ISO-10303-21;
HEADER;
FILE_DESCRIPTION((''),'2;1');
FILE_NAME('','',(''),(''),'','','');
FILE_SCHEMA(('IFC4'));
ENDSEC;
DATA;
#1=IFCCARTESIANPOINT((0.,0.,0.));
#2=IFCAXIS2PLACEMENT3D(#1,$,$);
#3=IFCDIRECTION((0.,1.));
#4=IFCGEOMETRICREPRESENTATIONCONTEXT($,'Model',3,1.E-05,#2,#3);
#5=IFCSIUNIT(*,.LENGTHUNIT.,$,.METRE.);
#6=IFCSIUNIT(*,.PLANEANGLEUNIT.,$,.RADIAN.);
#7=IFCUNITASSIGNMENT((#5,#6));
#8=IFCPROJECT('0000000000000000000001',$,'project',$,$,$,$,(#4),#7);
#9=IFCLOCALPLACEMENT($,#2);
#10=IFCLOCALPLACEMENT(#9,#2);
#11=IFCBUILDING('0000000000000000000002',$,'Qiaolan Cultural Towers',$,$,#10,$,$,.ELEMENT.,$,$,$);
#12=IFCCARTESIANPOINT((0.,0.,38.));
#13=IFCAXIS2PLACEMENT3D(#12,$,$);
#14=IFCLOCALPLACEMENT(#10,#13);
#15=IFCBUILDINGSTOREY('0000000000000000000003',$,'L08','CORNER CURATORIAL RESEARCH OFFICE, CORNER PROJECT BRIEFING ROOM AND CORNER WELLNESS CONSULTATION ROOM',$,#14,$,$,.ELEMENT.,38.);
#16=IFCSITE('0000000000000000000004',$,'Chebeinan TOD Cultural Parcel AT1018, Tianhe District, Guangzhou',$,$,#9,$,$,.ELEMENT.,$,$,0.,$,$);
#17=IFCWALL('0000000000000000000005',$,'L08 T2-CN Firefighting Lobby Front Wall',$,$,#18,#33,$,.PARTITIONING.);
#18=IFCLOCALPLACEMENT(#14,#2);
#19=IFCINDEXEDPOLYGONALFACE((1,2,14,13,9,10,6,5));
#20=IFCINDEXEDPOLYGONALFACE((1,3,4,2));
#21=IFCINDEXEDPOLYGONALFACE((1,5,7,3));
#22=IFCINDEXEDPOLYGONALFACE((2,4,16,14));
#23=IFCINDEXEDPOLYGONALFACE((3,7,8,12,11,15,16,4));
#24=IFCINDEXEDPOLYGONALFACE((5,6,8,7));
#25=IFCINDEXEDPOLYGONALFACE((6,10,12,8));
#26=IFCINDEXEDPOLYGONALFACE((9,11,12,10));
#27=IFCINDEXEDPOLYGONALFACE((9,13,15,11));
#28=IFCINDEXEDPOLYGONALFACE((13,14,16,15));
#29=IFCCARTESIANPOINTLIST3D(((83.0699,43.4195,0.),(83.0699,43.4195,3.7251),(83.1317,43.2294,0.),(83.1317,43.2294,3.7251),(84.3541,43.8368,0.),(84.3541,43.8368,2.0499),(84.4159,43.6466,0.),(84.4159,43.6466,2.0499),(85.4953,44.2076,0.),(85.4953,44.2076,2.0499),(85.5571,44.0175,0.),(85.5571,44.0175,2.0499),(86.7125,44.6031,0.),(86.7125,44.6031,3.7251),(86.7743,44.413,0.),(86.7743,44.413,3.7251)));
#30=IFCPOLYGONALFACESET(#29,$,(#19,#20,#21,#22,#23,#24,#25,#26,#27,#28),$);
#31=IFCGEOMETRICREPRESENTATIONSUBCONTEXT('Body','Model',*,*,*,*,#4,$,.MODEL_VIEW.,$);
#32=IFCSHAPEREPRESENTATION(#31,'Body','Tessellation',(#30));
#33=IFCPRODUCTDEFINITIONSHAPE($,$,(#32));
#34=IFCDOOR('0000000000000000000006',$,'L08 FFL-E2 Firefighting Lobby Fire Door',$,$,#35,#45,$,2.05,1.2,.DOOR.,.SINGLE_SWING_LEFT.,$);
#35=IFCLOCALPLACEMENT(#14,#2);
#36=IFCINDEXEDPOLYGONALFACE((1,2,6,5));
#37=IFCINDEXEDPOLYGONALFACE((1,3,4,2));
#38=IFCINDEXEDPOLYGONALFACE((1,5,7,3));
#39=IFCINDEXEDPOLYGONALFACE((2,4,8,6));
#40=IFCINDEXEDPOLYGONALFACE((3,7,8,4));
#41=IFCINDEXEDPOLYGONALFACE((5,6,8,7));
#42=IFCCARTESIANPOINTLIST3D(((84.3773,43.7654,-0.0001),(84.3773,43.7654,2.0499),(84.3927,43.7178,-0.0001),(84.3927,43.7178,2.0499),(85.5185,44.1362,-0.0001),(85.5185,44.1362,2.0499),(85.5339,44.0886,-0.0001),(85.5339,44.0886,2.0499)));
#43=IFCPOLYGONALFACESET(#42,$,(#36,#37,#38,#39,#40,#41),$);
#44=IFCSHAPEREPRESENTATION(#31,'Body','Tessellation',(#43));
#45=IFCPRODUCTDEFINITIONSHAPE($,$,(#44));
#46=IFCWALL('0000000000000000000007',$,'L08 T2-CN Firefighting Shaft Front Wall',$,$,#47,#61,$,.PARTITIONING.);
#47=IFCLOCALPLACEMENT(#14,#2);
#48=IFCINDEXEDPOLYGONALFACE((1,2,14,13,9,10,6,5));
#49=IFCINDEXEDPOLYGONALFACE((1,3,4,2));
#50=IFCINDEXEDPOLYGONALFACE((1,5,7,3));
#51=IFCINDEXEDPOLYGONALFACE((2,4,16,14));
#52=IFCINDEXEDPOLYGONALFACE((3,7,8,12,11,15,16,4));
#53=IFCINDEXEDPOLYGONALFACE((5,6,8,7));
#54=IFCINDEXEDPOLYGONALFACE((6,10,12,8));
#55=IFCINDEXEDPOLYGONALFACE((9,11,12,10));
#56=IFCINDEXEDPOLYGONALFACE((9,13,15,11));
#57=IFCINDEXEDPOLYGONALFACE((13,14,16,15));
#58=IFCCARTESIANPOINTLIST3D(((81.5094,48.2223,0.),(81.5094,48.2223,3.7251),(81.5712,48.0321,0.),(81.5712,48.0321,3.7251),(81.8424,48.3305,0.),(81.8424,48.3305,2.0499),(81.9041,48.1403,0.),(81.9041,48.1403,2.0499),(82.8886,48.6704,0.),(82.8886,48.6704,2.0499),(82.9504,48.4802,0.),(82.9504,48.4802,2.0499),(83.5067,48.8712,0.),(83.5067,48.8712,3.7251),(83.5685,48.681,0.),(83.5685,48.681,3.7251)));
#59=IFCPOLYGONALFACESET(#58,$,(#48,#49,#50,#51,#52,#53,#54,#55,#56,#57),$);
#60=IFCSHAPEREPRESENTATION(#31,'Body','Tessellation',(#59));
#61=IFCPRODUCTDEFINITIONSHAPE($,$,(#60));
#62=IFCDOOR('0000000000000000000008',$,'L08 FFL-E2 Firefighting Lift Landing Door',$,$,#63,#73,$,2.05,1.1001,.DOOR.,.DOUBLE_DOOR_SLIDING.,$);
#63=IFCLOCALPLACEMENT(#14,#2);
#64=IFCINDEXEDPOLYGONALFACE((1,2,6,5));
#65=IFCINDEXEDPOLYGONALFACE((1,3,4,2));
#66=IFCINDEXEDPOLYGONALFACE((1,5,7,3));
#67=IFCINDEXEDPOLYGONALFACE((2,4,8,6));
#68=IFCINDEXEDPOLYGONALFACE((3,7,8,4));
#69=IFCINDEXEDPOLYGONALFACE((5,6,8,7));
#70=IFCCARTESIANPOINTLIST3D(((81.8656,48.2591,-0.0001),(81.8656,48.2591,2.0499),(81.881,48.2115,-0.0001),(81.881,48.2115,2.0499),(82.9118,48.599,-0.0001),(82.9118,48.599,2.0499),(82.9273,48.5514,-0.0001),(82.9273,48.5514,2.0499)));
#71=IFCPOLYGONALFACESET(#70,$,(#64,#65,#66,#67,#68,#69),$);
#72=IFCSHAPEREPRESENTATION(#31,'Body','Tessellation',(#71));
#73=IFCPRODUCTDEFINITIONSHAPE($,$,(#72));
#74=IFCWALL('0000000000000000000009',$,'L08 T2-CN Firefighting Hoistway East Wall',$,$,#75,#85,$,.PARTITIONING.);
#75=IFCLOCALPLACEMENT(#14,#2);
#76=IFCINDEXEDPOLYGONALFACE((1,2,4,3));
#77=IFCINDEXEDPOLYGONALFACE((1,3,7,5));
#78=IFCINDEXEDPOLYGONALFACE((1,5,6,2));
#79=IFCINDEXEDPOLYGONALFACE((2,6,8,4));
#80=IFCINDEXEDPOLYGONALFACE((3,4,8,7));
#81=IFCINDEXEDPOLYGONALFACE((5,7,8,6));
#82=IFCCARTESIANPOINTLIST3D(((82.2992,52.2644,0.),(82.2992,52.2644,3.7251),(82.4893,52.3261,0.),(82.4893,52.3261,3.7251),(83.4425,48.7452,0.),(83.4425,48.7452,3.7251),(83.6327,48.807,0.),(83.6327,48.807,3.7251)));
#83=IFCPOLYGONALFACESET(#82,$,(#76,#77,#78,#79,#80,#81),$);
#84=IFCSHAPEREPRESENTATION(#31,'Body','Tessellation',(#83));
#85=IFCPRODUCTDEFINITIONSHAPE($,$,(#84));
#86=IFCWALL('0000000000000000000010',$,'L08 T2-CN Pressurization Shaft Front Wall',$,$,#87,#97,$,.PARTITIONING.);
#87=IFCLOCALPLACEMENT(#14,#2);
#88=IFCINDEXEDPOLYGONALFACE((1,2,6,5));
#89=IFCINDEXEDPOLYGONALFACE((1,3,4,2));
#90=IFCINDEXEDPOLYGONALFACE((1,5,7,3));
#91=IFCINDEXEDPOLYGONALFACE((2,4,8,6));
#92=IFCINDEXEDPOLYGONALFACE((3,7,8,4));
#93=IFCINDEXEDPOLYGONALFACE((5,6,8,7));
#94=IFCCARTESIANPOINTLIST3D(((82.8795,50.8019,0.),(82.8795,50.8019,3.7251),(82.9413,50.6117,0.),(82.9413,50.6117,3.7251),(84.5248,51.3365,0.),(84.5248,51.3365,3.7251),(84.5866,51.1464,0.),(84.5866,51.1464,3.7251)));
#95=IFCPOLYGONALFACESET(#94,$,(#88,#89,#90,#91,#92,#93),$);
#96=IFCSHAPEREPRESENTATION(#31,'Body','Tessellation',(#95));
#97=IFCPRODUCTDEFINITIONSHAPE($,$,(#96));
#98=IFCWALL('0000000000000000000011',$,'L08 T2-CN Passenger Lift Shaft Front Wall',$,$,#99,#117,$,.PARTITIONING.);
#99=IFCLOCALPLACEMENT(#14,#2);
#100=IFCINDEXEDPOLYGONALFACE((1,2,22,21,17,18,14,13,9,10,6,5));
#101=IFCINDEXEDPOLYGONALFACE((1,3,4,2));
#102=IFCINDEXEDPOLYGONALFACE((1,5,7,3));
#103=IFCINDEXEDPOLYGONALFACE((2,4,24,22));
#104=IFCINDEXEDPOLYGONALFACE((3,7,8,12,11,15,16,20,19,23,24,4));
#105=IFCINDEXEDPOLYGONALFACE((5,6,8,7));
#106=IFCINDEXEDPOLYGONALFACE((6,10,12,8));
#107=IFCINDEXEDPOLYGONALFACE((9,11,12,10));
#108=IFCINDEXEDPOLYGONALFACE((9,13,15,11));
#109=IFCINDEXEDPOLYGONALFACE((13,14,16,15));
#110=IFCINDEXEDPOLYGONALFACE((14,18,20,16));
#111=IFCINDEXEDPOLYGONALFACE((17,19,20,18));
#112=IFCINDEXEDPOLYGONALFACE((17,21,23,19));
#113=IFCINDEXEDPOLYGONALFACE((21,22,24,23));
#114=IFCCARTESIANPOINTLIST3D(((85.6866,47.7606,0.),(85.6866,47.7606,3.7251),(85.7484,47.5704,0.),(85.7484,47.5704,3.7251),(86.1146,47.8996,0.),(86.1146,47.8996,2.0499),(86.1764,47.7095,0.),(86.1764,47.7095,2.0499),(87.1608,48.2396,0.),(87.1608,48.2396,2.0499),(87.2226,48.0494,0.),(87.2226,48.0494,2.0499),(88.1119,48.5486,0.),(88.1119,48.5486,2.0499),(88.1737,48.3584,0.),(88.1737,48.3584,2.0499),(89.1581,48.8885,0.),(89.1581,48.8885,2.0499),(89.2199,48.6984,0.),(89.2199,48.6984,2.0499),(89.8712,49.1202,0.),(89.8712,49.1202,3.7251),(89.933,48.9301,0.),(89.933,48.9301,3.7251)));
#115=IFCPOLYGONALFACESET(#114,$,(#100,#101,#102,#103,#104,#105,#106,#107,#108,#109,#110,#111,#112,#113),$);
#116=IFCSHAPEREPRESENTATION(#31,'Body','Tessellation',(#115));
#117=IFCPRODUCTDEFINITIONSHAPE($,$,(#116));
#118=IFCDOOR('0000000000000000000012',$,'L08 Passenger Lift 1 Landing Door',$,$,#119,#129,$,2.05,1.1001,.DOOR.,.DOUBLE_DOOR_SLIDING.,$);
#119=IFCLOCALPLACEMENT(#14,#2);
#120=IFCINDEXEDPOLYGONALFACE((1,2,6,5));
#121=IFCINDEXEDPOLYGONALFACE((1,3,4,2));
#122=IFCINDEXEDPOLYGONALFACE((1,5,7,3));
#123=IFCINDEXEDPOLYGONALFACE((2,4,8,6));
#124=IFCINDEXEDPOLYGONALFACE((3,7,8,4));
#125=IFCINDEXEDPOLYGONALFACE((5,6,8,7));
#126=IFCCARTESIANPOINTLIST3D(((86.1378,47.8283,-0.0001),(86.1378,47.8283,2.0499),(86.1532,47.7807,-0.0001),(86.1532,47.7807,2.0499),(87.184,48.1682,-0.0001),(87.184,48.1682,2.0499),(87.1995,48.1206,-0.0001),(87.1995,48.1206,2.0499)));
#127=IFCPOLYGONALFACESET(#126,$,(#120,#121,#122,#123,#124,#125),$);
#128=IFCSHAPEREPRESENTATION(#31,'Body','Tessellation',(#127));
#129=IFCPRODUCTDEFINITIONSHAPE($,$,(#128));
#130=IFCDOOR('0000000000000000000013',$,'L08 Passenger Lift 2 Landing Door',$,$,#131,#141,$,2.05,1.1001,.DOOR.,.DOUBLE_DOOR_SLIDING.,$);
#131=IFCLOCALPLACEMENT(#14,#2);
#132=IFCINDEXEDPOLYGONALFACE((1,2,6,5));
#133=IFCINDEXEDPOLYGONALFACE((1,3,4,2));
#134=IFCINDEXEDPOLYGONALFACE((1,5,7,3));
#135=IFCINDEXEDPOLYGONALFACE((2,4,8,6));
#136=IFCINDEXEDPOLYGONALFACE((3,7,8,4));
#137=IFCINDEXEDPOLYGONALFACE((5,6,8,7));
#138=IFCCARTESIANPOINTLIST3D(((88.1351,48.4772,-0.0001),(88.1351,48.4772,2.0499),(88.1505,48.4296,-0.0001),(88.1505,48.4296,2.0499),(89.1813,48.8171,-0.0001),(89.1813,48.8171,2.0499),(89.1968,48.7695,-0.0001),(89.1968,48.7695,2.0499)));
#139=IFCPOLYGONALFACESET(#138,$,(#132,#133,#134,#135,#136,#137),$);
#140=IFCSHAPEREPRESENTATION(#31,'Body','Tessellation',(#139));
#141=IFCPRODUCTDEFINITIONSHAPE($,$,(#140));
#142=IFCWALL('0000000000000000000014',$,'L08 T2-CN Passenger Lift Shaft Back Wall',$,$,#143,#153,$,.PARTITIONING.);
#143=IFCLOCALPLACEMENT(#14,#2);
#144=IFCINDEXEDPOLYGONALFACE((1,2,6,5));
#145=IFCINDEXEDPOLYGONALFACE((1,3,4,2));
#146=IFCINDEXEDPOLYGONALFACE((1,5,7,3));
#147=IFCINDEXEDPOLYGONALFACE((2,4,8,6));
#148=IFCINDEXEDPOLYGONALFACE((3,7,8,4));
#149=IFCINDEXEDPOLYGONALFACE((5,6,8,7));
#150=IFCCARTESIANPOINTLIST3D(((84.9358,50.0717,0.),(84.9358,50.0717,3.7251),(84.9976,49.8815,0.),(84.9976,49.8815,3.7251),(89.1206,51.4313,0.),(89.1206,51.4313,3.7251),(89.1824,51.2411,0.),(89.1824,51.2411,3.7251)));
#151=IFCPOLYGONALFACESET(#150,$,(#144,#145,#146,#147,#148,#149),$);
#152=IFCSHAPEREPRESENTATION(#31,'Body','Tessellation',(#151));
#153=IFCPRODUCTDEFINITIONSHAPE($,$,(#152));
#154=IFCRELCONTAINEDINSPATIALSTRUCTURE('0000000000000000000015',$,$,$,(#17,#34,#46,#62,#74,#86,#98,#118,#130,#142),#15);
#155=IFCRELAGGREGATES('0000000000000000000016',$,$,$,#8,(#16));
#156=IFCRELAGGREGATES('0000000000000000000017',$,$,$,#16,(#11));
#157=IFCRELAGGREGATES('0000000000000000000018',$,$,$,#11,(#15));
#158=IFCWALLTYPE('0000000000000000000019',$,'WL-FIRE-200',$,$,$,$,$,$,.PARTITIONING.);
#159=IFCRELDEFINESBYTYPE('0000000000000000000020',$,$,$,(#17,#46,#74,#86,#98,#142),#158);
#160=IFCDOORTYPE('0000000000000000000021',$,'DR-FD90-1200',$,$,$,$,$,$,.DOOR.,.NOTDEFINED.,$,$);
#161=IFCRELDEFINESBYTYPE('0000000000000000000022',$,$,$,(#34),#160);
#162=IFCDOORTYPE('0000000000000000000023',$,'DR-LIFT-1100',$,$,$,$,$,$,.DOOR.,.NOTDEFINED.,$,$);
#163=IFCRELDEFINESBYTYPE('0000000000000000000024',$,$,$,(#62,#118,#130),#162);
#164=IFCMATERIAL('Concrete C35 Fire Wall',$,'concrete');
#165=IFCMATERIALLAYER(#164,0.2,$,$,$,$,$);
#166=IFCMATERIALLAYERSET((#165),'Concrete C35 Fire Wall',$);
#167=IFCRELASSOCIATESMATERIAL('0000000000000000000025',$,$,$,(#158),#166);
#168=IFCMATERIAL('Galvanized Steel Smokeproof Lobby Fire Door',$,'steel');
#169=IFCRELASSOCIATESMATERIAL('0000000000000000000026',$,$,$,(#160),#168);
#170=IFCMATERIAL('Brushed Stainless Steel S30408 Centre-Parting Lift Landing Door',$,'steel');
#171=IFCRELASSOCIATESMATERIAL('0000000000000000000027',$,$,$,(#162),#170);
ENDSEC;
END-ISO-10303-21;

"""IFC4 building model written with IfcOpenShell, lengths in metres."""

from ifc_helpers import new_model, si_unit, direction, frame, frame_2d, origin, place, context, subcontext, project, spatial, rectangle, extrude, material, layer, layer_set, type_object, element, fill, save


model = new_model("IFC4")

# Units and contexts
model_context = context("Model", 3, precision=1e-05, world=origin(), true_north=direction((0.0, 1.0)))
body_context = subcontext(model_context, "Body", "Model", "MODEL_VIEW")
ifc_project = project(units=[si_unit("LENGTHUNIT", "METRE"), si_unit("PLANEANGLEUNIT", "RADIAN")], contexts=[model_context])

# Site, building, storey
site_placement = place(None, origin())
site = spatial("IfcSite", under=ifc_project, at=site_placement, Name="Chebeinan TOD Cultural Parcel AT1018, Tianhe District, Guangzhou", CompositionType="ELEMENT", RefElevation=0.0)
building_placement = place(site_placement, origin())
building = spatial("IfcBuilding", under=site, at=building_placement, Name="Qiaolan Cultural Towers", CompositionType="ELEMENT")
storey_placement = place(building_placement, frame((0.0, 0.0, 38.0)))
storey = spatial("IfcBuildingStorey", under=building, at=storey_placement, Name="L08", Description="CORNER CURATORIAL RESEARCH OFFICE, CORNER PROJECT BRIEFING ROOM AND CORNER WELLNESS CONSULTATION ROOM", CompositionType="ELEMENT", Elevation=38.0)

# Walls, openings, doors
ifc_material_1 = material(Name="Concrete C35 Fire Wall", Category="concrete")
ifc_layer_1 = layer(ifc_material_1, 0.2)
ifc_layer_set_1 = layer_set([ifc_layer_1], Name="Concrete C35 Fire Wall")
wall_type_1 = type_object("IfcWallType", Name="WL-FIRE-200", PredefinedType="PARTITIONING", material=ifc_layer_set_1)
wall_1_placement = place(storey_placement, frame((83.1008, 43.3245, 0.0), z_axis=(0.0, 0.0, 1.0), x_axis=(0.951053, 0.309028, 0.0)))
wall_1 = element("IfcWall", 1, at=wall_1_placement, inside=storey, type_object=wall_type_1, Name="L08 T2-CN Firefighting Lobby Front Wall", PredefinedType="PARTITIONING", context=body_context, shape_type="SweptSolid", body=[
    extrude(rectangle(XDim=3.8301, YDim=0.2, at=frame_2d((1.915, 0.0))), origin(), (0.0, 0.0, 1.0), 3.7251),
])
opening_1_placement = place(wall_1_placement, frame((1.3501, 0.0, 0.0)))
opening_1 = element("IfcOpeningElement", 2, at=opening_1_placement, cuts=wall_1, PredefinedType="OPENING", context=body_context, shape_type="SweptSolid", body=[
    extrude(rectangle(XDim=1.2, YDim=2.05, at=frame_2d((0.6001, 1.0249))), frame((0.0, 0.1099, 0.0), z_axis=(0.0, -1.0, 0.0), x_axis=(1.0, 0.0, 0.0)), (0.0, 0.0, 1.0), 0.22),
])
ifc_material_2 = material(Name="Galvanized Steel Smokeproof Lobby Fire Door", Category="steel")
door_type_1 = type_object("IfcDoorType", Name="DR-FD90-1200", OperationType="NOTDEFINED", PredefinedType="DOOR", material=ifc_material_2)
door_1_placement = place(opening_1_placement, origin())
door_1 = element("IfcDoor", 3, at=door_1_placement, inside=storey, type_object=door_type_1, Name="L08 FFL-E2 Firefighting Lobby Fire Door", OperationType="SINGLE_SWING_LEFT", OverallHeight=2.05, OverallWidth=1.2, PredefinedType="DOOR", context=body_context, shape_type="SweptSolid", body=[
    extrude(rectangle(XDim=1.2, YDim=2.05, at=frame_2d((0.6001, 1.0249))), frame((0.0, 0.0249, 0.0), z_axis=(0.0, -1.0, 0.0), x_axis=(1.0, 0.0, 0.0)), (0.0, 0.0, 1.0), 0.05),
])
fill(opening_1, door_1)
wall_2_placement = place(storey_placement, frame((81.5403, 48.1272, 0.0), z_axis=(0.0, 0.0, 1.0), x_axis=(0.951062, 0.308999, 0.0)))
wall_2 = element("IfcWall", 4, at=wall_2_placement, inside=storey, type_object=wall_type_1, Name="L08 T2-CN Firefighting Shaft Front Wall", PredefinedType="PARTITIONING", context=body_context, shape_type="SweptSolid", body=[
    extrude(rectangle(XDim=2.1001, YDim=0.2, at=frame_2d((1.05, 0.0))), origin(), (0.0, 0.0, 1.0), 3.7251),
])
opening_2_placement = place(wall_2_placement, frame((0.3501, 0.0, 0.0)))
opening_2 = element("IfcOpeningElement", 5, at=opening_2_placement, cuts=wall_2, PredefinedType="OPENING", context=body_context, shape_type="SweptSolid", body=[
    extrude(rectangle(XDim=1.1001, YDim=2.05, at=frame_2d((0.55, 1.0249))), frame((0.0, 0.1099, 0.0), z_axis=(0.0, -1.0, 0.0), x_axis=(1.0, 0.0, 0.0)), (0.0, 0.0, 1.0), 0.22),
])
ifc_material_3 = material(Name="Brushed Stainless Steel S30408 Centre-Parting Lift Landing Door", Category="steel")
door_type_2 = type_object("IfcDoorType", Name="DR-LIFT-1100", OperationType="NOTDEFINED", PredefinedType="DOOR", material=ifc_material_3)
door_2_placement = place(opening_2_placement, origin())
door_2 = element("IfcDoor", 6, at=door_2_placement, inside=storey, type_object=door_type_2, Name="L08 FFL-E2 Firefighting Lift Landing Door", OperationType="DOUBLE_DOOR_SLIDING", OverallHeight=2.05, OverallWidth=1.1001, PredefinedType="DOOR", context=body_context, shape_type="SweptSolid", body=[
    extrude(rectangle(XDim=1.1001, YDim=2.05, at=frame_2d((0.55, 1.0249))), frame((0.0, 0.0249, 0.0), z_axis=(0.0, -1.0, 0.0), x_axis=(1.0, 0.0, 0.0)), (0.0, 0.0, 1.0), 0.05),
])
fill(opening_2, door_2)

# Walls
wall_3_placement = place(storey_placement, frame((83.5376, 48.7761, 0.0), z_axis=(0.0, 0.0, 1.0), x_axis=(-0.308994, 0.951064, 0.0)))
element("IfcWall", 7, at=wall_3_placement, inside=storey, type_object=wall_type_1, Name="L08 T2-CN Firefighting Hoistway East Wall", PredefinedType="PARTITIONING", context=body_context, shape_type="SweptSolid", body=[
    extrude(rectangle(XDim=3.7002, YDim=0.2, at=frame_2d((1.8501, 0.0))), origin(), (0.0, 0.0, 1.0), 3.7251),
])
wall_4_placement = place(storey_placement, frame((82.9104, 50.7068, 0.0), z_axis=(0.0, 0.0, 1.0), x_axis=(0.951041, 0.309064, 0.0)))
element("IfcWall", 8, at=wall_4_placement, inside=storey, type_object=wall_type_1, Name="L08 T2-CN Pressurization Shaft Front Wall", PredefinedType="PARTITIONING", context=body_context, shape_type="SweptSolid", body=[
    extrude(rectangle(XDim=1.73, YDim=0.2, at=frame_2d((0.865, 0.0))), origin(), (0.0, 0.0, 1.0), 3.7251),
])

# Wall, openings, doors
wall_5_placement = place(storey_placement, frame((85.7175, 47.6655, 0.0), z_axis=(0.0, 0.0, 1.0), x_axis=(0.951059, 0.309011, 0.0)))
wall_5 = element("IfcWall", 9, at=wall_5_placement, inside=storey, type_object=wall_type_1, Name="L08 T2-CN Passenger Lift Shaft Front Wall", PredefinedType="PARTITIONING", context=body_context, shape_type="SweptSolid", body=[
    extrude(rectangle(XDim=4.3999, YDim=0.2, at=frame_2d((2.2, 0.0))), origin(), (0.0, 0.0, 1.0), 3.7251),
])
opening_3_placement = place(wall_5_placement, frame((0.45, 0.0, 0.0)))
opening_3 = element("IfcOpeningElement", 10, at=opening_3_placement, cuts=wall_5, PredefinedType="OPENING", context=body_context, shape_type="SweptSolid", body=[
    extrude(rectangle(XDim=1.1001, YDim=2.05, at=frame_2d((0.55, 1.0249))), frame((0.0, 0.1099, 0.0), z_axis=(0.0, -1.0, 0.0), x_axis=(1.0, 0.0, 0.0)), (0.0, 0.0, 1.0), 0.22),
])
opening_4_placement = place(wall_5_placement, frame((2.55, 0.0, 0.0)))
opening_4 = element("IfcOpeningElement", 11, at=opening_4_placement, cuts=wall_5, PredefinedType="OPENING", context=body_context, shape_type="SweptSolid", body=[
    extrude(rectangle(XDim=1.1001, YDim=2.05, at=frame_2d((0.55, 1.0249))), frame((0.0, 0.1099, 0.0), z_axis=(0.0, -1.0, 0.0), x_axis=(1.0, 0.0, 0.0)), (0.0, 0.0, 1.0), 0.22),
])
door_3_placement = place(opening_3_placement, origin())
door_3 = element("IfcDoor", 12, at=door_3_placement, inside=storey, type_object=door_type_2, Name="L08 Passenger Lift 1 Landing Door", OperationType="DOUBLE_DOOR_SLIDING", OverallHeight=2.05, OverallWidth=1.1001, PredefinedType="DOOR", context=body_context, shape_type="SweptSolid", body=[
    extrude(rectangle(XDim=1.1001, YDim=2.05, at=frame_2d((0.55, 1.0249))), frame((0.0, 0.0249, 0.0), z_axis=(0.0, -1.0, 0.0), x_axis=(1.0, 0.0, 0.0)), (0.0, 0.0, 1.0), 0.05),
])
fill(opening_3, door_3)
door_4_placement = place(opening_4_placement, origin())
door_4 = element("IfcDoor", 13, at=door_4_placement, inside=storey, type_object=door_type_2, Name="L08 Passenger Lift 2 Landing Door", OperationType="DOUBLE_DOOR_SLIDING", OverallHeight=2.05, OverallWidth=1.1001, PredefinedType="DOOR", context=body_context, shape_type="SweptSolid", body=[
    extrude(rectangle(XDim=1.1001, YDim=2.05, at=frame_2d((0.55, 1.0249))), frame((0.0, 0.0249, 0.0), z_axis=(0.0, -1.0, 0.0), x_axis=(1.0, 0.0, 0.0)), (0.0, 0.0, 1.0), 0.05),
])
fill(opening_4, door_4)

# Wall
wall_6_placement = place(storey_placement, frame((84.9666, 49.9766, 0.0), z_axis=(0.0, 0.0, 1.0), x_axis=(0.951064, 0.308994, 0.0)))
element("IfcWall", 14, at=wall_6_placement, inside=storey, type_object=wall_type_1, Name="L08 T2-CN Passenger Lift Shaft Back Wall", PredefinedType="PARTITIONING", context=body_context, shape_type="SweptSolid", body=[
    extrude(rectangle(XDim=4.4001, YDim=0.2, at=frame_2d((2.2002, 0.0))), origin(), (0.0, 0.0, 1.0), 3.7251),
])

save(model, "model.ifc")
